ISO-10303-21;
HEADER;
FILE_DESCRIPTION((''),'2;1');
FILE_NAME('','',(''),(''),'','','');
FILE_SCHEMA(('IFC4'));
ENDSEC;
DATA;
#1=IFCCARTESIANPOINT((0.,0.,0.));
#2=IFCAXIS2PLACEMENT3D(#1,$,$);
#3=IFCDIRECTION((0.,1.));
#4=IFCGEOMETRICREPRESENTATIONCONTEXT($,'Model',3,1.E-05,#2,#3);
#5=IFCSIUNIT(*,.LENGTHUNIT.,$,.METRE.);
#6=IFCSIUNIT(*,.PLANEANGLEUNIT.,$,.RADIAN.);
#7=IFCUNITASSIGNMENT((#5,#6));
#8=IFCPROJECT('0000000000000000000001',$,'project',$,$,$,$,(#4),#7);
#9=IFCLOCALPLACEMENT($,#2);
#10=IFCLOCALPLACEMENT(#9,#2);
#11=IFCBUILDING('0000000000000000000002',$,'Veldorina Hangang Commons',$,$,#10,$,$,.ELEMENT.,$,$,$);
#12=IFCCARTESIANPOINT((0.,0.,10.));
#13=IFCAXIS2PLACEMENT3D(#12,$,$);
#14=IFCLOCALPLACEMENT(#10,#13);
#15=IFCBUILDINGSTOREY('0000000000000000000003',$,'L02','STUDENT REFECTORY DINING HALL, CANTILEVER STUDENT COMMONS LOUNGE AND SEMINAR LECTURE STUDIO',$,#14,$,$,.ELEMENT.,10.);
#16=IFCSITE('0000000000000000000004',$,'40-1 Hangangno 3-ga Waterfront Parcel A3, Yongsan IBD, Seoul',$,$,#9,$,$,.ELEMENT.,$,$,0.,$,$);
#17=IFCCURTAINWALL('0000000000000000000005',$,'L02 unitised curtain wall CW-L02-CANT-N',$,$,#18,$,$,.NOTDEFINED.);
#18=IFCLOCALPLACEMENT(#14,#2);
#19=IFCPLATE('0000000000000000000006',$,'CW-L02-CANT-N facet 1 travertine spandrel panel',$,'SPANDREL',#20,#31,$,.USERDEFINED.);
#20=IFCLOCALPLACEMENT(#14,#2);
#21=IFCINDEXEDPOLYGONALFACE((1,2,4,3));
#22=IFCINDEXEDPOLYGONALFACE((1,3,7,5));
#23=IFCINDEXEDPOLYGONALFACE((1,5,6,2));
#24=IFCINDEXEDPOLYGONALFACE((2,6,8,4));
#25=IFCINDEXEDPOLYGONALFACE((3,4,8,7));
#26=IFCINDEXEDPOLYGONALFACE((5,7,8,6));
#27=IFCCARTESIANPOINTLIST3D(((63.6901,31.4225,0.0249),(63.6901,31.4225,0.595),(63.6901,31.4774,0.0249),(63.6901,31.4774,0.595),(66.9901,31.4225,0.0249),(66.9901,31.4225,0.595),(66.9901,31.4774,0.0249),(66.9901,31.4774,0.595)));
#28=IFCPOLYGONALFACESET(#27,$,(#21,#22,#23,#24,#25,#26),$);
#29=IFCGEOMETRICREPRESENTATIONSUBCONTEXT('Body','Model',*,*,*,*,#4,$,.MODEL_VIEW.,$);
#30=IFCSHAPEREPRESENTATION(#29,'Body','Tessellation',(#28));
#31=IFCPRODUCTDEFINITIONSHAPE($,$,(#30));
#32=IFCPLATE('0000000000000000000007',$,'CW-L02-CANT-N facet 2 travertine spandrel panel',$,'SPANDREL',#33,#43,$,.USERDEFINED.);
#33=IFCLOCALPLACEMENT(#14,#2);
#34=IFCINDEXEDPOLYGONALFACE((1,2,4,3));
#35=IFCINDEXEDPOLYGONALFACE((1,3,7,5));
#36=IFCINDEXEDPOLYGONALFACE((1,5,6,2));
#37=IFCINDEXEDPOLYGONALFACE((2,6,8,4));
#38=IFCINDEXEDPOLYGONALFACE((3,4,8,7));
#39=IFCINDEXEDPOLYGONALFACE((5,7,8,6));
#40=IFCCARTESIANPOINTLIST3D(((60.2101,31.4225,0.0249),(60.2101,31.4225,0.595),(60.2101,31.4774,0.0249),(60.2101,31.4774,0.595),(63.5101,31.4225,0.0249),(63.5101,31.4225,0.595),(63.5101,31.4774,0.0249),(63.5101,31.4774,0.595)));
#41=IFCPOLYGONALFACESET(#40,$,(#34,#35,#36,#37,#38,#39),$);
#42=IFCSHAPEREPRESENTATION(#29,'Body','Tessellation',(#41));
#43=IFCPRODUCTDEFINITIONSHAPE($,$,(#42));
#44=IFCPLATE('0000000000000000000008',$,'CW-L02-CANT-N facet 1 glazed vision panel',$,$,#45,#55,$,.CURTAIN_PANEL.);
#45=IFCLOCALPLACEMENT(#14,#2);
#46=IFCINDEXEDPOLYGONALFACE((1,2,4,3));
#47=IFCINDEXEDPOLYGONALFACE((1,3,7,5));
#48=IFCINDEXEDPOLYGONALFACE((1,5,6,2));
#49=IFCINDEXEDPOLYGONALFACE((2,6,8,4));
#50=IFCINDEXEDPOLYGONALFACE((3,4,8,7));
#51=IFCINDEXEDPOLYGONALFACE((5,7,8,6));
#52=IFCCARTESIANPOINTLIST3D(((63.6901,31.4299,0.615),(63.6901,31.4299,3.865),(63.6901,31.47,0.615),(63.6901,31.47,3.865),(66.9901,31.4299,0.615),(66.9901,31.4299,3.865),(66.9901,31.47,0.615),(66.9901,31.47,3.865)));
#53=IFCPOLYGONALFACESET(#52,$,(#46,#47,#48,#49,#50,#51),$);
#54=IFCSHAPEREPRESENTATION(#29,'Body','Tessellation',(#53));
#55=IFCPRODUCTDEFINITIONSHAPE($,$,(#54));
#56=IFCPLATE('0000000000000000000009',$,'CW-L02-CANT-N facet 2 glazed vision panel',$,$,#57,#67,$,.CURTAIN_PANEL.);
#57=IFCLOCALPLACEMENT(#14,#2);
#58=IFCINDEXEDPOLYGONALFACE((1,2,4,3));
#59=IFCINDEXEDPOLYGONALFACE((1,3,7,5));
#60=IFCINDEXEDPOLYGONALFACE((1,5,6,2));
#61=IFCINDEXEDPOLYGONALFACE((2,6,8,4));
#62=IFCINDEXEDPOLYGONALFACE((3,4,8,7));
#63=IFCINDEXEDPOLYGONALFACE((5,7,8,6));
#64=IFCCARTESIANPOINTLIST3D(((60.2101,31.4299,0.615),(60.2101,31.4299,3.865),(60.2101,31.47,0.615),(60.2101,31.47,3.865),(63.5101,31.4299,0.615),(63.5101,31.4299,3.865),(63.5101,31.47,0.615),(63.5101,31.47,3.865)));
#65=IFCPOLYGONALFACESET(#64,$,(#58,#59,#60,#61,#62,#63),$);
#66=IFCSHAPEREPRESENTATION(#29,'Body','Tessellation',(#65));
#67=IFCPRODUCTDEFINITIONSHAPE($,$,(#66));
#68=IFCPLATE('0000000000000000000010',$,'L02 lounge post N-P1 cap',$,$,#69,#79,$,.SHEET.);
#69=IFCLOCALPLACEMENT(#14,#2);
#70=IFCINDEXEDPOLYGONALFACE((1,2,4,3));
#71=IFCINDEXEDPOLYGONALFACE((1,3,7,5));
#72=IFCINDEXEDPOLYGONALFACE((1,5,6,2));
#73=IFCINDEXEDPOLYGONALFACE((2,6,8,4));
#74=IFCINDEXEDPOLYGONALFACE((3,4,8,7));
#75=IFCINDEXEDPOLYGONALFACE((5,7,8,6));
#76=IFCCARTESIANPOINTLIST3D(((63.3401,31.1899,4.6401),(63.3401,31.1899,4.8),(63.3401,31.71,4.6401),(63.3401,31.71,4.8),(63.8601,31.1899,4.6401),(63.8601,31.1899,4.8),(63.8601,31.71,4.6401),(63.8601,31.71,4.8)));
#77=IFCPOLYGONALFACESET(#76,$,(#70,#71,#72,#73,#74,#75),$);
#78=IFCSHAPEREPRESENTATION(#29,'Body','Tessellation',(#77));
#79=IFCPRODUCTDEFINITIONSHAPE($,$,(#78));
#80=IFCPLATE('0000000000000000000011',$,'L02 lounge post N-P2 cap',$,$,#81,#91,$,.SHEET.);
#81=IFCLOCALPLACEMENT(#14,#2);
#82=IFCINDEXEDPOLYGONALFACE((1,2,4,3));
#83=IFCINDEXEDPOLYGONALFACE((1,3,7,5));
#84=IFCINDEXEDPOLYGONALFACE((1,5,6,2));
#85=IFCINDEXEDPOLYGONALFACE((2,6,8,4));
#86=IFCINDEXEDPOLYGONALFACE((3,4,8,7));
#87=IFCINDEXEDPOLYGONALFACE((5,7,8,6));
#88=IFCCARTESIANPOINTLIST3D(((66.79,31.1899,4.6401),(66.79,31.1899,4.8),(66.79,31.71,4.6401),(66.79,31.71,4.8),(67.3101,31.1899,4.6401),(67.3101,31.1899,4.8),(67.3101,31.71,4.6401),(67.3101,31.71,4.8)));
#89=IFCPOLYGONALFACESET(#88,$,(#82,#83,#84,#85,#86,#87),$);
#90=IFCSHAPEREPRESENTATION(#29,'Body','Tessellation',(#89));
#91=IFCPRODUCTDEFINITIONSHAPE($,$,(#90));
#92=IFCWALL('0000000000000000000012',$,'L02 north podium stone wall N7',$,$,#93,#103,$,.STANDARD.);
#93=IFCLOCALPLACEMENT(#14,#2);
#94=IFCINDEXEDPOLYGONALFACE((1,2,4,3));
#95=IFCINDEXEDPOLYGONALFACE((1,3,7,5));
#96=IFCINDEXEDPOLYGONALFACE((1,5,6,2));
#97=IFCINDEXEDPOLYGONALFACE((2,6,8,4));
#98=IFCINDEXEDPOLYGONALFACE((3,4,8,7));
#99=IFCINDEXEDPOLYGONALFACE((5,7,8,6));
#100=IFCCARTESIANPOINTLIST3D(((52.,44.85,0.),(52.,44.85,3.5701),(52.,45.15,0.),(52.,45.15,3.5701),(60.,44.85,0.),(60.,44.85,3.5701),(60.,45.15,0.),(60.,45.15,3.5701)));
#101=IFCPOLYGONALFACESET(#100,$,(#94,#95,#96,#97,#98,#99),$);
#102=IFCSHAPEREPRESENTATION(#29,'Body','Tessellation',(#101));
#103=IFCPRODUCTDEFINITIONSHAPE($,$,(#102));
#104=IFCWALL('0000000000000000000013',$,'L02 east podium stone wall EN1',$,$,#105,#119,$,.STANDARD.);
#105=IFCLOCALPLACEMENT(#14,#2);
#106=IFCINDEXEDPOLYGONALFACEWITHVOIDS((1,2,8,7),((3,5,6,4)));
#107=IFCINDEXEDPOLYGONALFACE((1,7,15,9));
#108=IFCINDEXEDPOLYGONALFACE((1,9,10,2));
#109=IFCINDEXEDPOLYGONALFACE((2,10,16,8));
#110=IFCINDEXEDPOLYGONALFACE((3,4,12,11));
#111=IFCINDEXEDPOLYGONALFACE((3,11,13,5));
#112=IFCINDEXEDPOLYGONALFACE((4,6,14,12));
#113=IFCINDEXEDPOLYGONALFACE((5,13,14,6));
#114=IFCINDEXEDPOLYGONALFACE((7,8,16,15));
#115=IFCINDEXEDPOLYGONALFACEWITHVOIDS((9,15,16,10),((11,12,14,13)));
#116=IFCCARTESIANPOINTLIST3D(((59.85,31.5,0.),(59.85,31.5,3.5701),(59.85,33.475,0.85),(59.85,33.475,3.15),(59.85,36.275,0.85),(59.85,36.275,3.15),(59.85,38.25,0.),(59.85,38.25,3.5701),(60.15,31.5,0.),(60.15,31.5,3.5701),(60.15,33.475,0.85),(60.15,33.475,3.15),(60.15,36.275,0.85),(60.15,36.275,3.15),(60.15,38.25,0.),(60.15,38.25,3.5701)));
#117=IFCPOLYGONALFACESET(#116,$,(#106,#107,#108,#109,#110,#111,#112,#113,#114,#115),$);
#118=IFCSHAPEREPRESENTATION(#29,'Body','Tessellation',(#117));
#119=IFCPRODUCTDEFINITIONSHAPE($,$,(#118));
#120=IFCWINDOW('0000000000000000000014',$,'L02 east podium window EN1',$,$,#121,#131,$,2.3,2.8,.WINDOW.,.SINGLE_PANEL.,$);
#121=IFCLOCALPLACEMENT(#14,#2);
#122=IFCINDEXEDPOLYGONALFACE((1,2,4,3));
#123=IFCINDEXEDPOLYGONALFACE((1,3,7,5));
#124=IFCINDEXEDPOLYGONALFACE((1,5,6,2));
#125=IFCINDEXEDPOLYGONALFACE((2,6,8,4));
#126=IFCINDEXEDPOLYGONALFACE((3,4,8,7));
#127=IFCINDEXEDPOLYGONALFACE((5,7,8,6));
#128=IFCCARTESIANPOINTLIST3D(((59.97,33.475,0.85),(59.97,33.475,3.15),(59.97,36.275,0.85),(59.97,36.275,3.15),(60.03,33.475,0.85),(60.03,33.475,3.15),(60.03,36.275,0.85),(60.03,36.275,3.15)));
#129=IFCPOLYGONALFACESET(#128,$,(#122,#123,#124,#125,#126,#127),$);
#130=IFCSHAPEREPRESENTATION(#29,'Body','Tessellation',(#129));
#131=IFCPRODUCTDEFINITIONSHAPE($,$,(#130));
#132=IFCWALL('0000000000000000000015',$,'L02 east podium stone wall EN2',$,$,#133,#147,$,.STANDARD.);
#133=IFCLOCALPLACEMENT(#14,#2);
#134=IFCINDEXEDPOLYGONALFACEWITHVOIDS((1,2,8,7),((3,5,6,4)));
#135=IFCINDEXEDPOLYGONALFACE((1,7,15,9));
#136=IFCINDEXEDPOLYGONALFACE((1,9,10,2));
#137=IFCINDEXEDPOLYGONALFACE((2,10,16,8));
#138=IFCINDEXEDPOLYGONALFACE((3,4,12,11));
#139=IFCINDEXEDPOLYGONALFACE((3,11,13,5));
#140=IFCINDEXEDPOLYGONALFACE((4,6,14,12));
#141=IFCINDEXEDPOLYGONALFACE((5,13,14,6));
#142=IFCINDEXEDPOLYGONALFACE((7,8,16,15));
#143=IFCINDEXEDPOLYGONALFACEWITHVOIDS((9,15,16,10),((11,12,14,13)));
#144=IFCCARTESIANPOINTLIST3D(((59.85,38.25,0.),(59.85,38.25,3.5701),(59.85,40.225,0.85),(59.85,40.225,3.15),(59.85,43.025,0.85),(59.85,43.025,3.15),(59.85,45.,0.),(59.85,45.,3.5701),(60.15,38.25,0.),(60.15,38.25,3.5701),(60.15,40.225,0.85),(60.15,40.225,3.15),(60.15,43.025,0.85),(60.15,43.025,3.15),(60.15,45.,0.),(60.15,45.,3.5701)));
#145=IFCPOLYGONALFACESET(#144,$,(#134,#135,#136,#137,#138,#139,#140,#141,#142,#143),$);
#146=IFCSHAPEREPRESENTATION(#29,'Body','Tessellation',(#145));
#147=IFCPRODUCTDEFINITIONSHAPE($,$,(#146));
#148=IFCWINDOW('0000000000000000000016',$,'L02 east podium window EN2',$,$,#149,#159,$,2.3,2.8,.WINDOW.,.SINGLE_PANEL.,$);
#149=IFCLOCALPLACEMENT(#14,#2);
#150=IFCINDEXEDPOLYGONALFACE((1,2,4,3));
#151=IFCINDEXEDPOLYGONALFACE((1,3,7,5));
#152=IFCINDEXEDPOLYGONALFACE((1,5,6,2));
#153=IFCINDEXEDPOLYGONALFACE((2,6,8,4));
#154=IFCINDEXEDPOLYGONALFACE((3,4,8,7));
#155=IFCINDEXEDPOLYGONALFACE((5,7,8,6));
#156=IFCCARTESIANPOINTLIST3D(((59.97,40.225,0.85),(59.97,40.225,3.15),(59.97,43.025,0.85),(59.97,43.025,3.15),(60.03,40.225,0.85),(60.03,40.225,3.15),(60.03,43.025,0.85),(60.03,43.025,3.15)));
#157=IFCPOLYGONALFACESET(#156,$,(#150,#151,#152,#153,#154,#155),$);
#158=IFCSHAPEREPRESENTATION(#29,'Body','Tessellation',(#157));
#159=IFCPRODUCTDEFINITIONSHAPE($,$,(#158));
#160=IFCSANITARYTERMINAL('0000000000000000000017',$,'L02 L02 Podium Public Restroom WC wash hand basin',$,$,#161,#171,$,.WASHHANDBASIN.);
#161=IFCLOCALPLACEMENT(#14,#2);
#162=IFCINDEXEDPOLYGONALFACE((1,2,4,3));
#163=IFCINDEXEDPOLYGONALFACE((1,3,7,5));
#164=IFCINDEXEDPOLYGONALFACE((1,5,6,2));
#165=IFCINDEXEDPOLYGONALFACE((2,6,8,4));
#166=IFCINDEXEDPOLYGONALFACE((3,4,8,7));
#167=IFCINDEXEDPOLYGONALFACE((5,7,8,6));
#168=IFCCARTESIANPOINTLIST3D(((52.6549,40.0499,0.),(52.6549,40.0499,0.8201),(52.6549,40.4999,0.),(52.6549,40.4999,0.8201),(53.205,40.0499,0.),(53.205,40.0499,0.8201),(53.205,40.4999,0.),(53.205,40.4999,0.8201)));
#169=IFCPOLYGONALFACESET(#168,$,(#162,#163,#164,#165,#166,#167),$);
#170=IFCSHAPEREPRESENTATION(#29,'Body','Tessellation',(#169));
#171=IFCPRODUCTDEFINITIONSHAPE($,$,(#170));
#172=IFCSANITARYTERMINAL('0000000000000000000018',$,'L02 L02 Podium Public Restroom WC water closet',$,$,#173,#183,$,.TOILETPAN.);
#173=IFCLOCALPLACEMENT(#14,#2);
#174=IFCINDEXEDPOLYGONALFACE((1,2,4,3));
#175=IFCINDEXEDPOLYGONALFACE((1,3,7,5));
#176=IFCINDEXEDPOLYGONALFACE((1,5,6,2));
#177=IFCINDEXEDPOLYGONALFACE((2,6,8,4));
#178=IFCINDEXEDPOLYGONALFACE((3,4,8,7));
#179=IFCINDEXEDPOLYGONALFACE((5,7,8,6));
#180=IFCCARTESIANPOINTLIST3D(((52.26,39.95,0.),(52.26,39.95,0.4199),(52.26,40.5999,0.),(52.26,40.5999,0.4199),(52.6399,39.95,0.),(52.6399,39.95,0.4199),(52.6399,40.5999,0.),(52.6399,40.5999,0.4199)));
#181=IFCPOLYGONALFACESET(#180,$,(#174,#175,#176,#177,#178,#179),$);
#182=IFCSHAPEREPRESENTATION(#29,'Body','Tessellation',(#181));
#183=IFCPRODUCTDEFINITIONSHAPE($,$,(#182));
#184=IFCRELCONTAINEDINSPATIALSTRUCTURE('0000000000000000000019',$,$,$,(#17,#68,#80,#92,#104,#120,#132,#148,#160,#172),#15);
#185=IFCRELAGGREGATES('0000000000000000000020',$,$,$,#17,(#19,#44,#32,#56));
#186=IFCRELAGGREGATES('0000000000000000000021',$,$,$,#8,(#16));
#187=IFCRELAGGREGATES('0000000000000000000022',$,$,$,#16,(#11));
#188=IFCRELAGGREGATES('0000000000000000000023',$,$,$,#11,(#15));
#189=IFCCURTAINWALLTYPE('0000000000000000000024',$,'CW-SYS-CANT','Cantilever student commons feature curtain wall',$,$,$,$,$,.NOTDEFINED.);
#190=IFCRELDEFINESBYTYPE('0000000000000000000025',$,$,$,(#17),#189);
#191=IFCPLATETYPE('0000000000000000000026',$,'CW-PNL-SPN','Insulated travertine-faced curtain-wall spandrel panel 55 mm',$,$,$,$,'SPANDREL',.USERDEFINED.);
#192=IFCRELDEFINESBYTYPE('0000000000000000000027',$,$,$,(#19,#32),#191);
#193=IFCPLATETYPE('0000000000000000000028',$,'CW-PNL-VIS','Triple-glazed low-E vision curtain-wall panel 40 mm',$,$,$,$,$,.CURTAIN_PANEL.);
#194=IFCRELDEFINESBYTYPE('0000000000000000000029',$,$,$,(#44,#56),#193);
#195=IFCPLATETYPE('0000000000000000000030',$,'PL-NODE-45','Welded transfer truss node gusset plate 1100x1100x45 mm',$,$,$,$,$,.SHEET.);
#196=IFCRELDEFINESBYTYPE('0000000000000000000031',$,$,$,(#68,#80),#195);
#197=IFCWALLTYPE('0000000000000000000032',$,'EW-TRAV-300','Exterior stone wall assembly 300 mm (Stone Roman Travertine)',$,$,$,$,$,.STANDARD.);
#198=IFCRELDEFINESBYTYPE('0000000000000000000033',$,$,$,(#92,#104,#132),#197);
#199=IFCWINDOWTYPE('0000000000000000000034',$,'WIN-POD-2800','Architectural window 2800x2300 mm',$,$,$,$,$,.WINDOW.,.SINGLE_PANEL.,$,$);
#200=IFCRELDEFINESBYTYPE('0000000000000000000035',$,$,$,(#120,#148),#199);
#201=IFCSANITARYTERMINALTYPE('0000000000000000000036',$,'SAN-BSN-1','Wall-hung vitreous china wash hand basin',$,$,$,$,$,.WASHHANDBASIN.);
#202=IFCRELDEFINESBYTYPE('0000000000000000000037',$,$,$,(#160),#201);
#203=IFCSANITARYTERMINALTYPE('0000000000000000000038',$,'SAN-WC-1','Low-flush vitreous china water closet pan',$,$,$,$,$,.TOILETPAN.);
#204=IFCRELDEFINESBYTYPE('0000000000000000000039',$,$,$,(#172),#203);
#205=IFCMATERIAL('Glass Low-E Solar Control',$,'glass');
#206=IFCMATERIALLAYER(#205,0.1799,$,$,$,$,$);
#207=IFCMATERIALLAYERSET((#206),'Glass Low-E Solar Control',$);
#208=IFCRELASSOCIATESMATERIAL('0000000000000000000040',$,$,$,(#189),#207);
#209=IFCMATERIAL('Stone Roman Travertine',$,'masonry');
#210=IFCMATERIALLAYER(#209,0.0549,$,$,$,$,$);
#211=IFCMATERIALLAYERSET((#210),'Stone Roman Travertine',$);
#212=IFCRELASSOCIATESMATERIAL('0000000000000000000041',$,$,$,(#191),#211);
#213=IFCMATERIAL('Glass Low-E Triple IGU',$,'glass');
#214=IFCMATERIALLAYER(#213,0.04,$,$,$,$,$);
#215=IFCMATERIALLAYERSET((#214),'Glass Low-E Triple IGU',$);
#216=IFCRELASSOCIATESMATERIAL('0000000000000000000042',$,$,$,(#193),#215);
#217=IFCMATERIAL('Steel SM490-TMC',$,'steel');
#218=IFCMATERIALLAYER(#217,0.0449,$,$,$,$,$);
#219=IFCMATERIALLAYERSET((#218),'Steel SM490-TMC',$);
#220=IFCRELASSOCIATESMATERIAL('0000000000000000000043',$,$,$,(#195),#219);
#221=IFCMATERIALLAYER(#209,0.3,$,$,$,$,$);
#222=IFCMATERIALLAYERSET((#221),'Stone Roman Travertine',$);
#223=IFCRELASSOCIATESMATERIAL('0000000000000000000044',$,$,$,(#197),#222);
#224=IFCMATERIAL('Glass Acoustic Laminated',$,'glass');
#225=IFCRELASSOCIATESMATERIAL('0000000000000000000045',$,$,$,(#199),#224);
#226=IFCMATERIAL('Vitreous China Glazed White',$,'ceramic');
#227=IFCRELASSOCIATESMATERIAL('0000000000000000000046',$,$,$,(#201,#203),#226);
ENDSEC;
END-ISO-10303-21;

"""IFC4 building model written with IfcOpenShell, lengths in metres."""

from ifc_helpers import new_model, si_unit, direction, frame, frame_2d, origin, origin_2d, place, context, subcontext, project, spatial, rectangle, extrude, material, layer, layer_set, type_object, element, fill, aggregate, save


model = new_model("IFC4")

# Units and contexts
model_context = context("Model", 3, precision=1e-05, world=origin(), true_north=direction((0.0, 1.0)))
body_context = subcontext(model_context, "Body", "Model", "MODEL_VIEW")
ifc_project = project(units=[si_unit("LENGTHUNIT", "METRE"), si_unit("PLANEANGLEUNIT", "RADIAN")], contexts=[model_context])

# Site, building, storey
site_placement = place(None, origin())
site = spatial("IfcSite", under=ifc_project, at=site_placement, Name="40-1 Hangangno 3-ga Waterfront Parcel A3, Yongsan IBD, Seoul", CompositionType="ELEMENT", RefElevation=0.0)
building_placement = place(site_placement, origin())
building = spatial("IfcBuilding", under=site, at=building_placement, Name="Veldorina Hangang Commons", CompositionType="ELEMENT")
storey_placement = place(building_placement, frame((0.0, 0.0, 10.0)))
storey = spatial("IfcBuildingStorey", under=building, at=storey_placement, Name="L02", Description="STUDENT REFECTORY DINING HALL, CANTILEVER STUDENT COMMONS LOUNGE AND SEMINAR LECTURE STUDIO", CompositionType="ELEMENT", Elevation=10.0)

# Curtain wall, plates
ifc_material_1 = material(Name="Glass Low-E Solar Control", Category="glass")
ifc_layer_1 = layer(ifc_material_1, 0.1799)
ifc_layer_set_1 = layer_set([ifc_layer_1], Name="Glass Low-E Solar Control")
curtain_wall_type = type_object("IfcCurtainWallType", Name="CW-SYS-CANT", Description="Cantilever student commons feature curtain wall", PredefinedType="NOTDEFINED", material=ifc_layer_set_1)
curtain_wall_placement = place(storey_placement, origin())
curtain_wall = element("IfcCurtainWall", 1, at=curtain_wall_placement, inside=storey, type_object=curtain_wall_type, Name="L02 unitised curtain wall CW-L02-CANT-N", PredefinedType="NOTDEFINED")
ifc_material_2 = material(Name="Stone Roman Travertine", Category="masonry")
ifc_layer_2 = layer(ifc_material_2, 0.0549)
ifc_layer_set_2 = layer_set([ifc_layer_2], Name="Stone Roman Travertine")
plate_type_1 = type_object("IfcPlateType", Name="CW-PNL-SPN", Description="Insulated travertine-faced curtain-wall spandrel panel 55 mm", ElementType="SPANDREL", PredefinedType="USERDEFINED", material=ifc_layer_set_2)
plate_1_placement = place(storey_placement, frame((65.3401, 31.45, 0.0249), z_axis=(0.0, 0.0, 1.0), x_axis=(-1.0, 0.0, 0.0)))
plate_1 = element("IfcPlate", 2, at=plate_1_placement, type_object=plate_type_1, Name="CW-L02-CANT-N facet 1 travertine spandrel panel", ObjectType="SPANDREL", PredefinedType="USERDEFINED", context=body_context, shape_type="SweptSolid", body=[
    extrude(rectangle(XDim=3.3, YDim=0.0549, at=origin_2d()), origin(), (0.0, 0.0, 1.0), 0.5701),
])
plate_2_placement = place(storey_placement, frame((61.8601, 31.45, 0.0249), z_axis=(0.0, 0.0, 1.0), x_axis=(-1.0, 0.0, 0.0)))
plate_2 = element("IfcPlate", 3, at=plate_2_placement, type_object=plate_type_1, Name="CW-L02-CANT-N facet 2 travertine spandrel panel", ObjectType="SPANDREL", PredefinedType="USERDEFINED", context=body_context, shape_type="SweptSolid", body=[
    extrude(rectangle(XDim=3.3, YDim=0.0549, at=origin_2d()), origin(), (0.0, 0.0, 1.0), 0.5701),
])
ifc_material_3 = material(Name="Glass Low-E Triple IGU", Category="glass")
ifc_layer_3 = layer(ifc_material_3, 0.04)
ifc_layer_set_3 = layer_set([ifc_layer_3], Name="Glass Low-E Triple IGU")
plate_type_2 = type_object("IfcPlateType", Name="CW-PNL-VIS", Description="Triple-glazed low-E vision curtain-wall panel 40 mm", PredefinedType="CURTAIN_PANEL", material=ifc_layer_set_3)
plate_3_placement = place(storey_placement, frame((65.3401, 31.45, 0.615), z_axis=(0.0, 0.0, 1.0), x_axis=(-1.0, 0.0, 0.0)))
plate_3 = element("IfcPlate", 4, at=plate_3_placement, type_object=plate_type_2, Name="CW-L02-CANT-N facet 1 glazed vision panel", PredefinedType="CURTAIN_PANEL", context=body_context, shape_type="SweptSolid", body=[
    extrude(rectangle(XDim=3.3, YDim=0.04, at=origin_2d()), origin(), (0.0, 0.0, 1.0), 3.25),
])
plate_4_placement = place(storey_placement, frame((61.8601, 31.45, 0.615), z_axis=(0.0, 0.0, 1.0), x_axis=(-1.0, 0.0, 0.0)))
plate_4 = element("IfcPlate", 5, at=plate_4_placement, type_object=plate_type_2, Name="CW-L02-CANT-N facet 2 glazed vision panel", PredefinedType="CURTAIN_PANEL", context=body_context, shape_type="SweptSolid", body=[
    extrude(rectangle(XDim=3.3, YDim=0.04, at=origin_2d()), origin(), (0.0, 0.0, 1.0), 3.25),
])
aggregate(curtain_wall, [plate_1, plate_3, plate_2, plate_4])

# Plates
ifc_material_4 = material(Name="Steel SM490-TMC", Category="steel")
ifc_layer_4 = layer(ifc_material_4, 0.0449)
ifc_layer_set_4 = layer_set([ifc_layer_4], Name="Steel SM490-TMC")
plate_type_3 = type_object("IfcPlateType", Name="PL-NODE-45", Description="Welded transfer truss node gusset plate 1100x1100x45 mm", PredefinedType="SHEET", material=ifc_layer_set_4)
for number, where, z_axis, x_axis, name in (
    (6, (63.6001, 31.45, 4.6401), (0.0, 0.0, 1.0), (1.0, 0.0, 0.0), "L02 lounge post N-P1 cap"),
    (7, (67.05, 31.45, 4.6401), (0.0, 0.0, 1.0), (1.0, 0.0, 0.0), "L02 lounge post N-P2 cap"),
):
    element("IfcPlate", number, at=place(storey_placement, frame(where, z_axis=z_axis, x_axis=x_axis)), inside=storey, type_object=plate_type_3, Name=name, PredefinedType="SHEET", context=body_context, shape_type="SweptSolid", body=[
        extrude(rectangle(XDim=0.52, YDim=0.52, at=origin_2d()), origin(), (0.0, 0.0, 1.0), 0.1599),
    ])

# Wall
ifc_layer_5 = layer(ifc_material_2, 0.3)
ifc_layer_set_5 = layer_set([ifc_layer_5], Name="Stone Roman Travertine")
wall_type = type_object("IfcWallType", Name="EW-TRAV-300", Description="Exterior stone wall assembly 300 mm (Stone Roman Travertine)", PredefinedType="STANDARD", material=ifc_layer_set_5)
wall_1_placement = place(storey_placement, frame((60.0, 45.0, 0.0), z_axis=(0.0, 0.0, 1.0), x_axis=(-1.0, 0.0, 0.0)))
element("IfcWall", 8, at=wall_1_placement, inside=storey, type_object=wall_type, Name="L02 north podium stone wall N7", PredefinedType="STANDARD", context=body_context, shape_type="SweptSolid", body=[
    extrude(rectangle(XDim=8.0, YDim=0.3, at=frame_2d((4.0, 0.0))), origin(), (0.0, 0.0, 1.0), 3.5701),
])

# Walls, openings, windows
wall_2_placement = place(storey_placement, frame((60.0, 31.5, 0.0), z_axis=(0.0, 0.0, 1.0), x_axis=(0.0, 1.0, 0.0)))
wall_2 = element("IfcWall", 9, at=wall_2_placement, inside=storey, type_object=wall_type, Name="L02 east podium stone wall EN1", PredefinedType="STANDARD", context=body_context, shape_type="SweptSolid", body=[
    extrude(rectangle(XDim=6.75, YDim=0.3, at=frame_2d((3.375, 0.0))), origin(), (0.0, 0.0, 1.0), 3.5701),
])
opening_1_placement = place(wall_2_placement, frame((1.9751, 0.0, 0.8501)))
opening_1 = element("IfcOpeningElement", 10, at=opening_1_placement, cuts=wall_2, PredefinedType="OPENING", context=body_context, shape_type="SweptSolid", body=[
    extrude(rectangle(XDim=2.8, YDim=2.3, at=frame_2d((1.3999, 1.1499))), frame((0.0, 0.1602, 0.0), z_axis=(0.0, -1.0, 0.0), x_axis=(1.0, 0.0, 0.0)), (0.0, 0.0, 1.0), 0.3201),
])
ifc_material_5 = material(Name="Glass Acoustic Laminated", Category="glass")
window_type = type_object("IfcWindowType", Name="WIN-POD-2800", Description="Architectural window 2800x2300 mm", PartitioningType="SINGLE_PANEL", PredefinedType="WINDOW", material=ifc_material_5)
window_1_placement = place(opening_1_placement, origin())
window_1 = element("IfcWindow", 11, at=window_1_placement, inside=storey, type_object=window_type, Name="L02 east podium window EN1", OverallHeight=2.3, OverallWidth=2.8, PartitioningType="SINGLE_PANEL", PredefinedType="WINDOW", context=body_context, shape_type="SweptSolid", body=[
    extrude(rectangle(XDim=2.8, YDim=2.3, at=frame_2d((1.3999, 1.1499))), frame((0.0, 0.03, 0.0), z_axis=(0.0, -1.0, 0.0), x_axis=(1.0, 0.0, 0.0)), (0.0, 0.0, 1.0), 0.0601),
])
fill(opening_1, window_1)
wall_3_placement = place(storey_placement, frame((60.0, 38.25, 0.0), z_axis=(0.0, 0.0, 1.0), x_axis=(0.0, 1.0, 0.0)))
wall_3 = element("IfcWall", 12, at=wall_3_placement, inside=storey, type_object=wall_type, Name="L02 east podium stone wall EN2", PredefinedType="STANDARD", context=body_context, shape_type="SweptSolid", body=[
    extrude(rectangle(XDim=6.75, YDim=0.3, at=frame_2d((3.375, 0.0))), origin(), (0.0, 0.0, 1.0), 3.5701),
])
opening_2_placement = place(wall_3_placement, frame((1.9751, 0.0, 0.8501)))
opening_2 = element("IfcOpeningElement", 13, at=opening_2_placement, cuts=wall_3, PredefinedType="OPENING", context=body_context, shape_type="SweptSolid", body=[
    extrude(rectangle(XDim=2.8, YDim=2.3, at=frame_2d((1.3999, 1.1499))), frame((0.0, 0.1602, 0.0), z_axis=(0.0, -1.0, 0.0), x_axis=(1.0, 0.0, 0.0)), (0.0, 0.0, 1.0), 0.3201),
])
window_2_placement = place(opening_2_placement, origin())
window_2 = element("IfcWindow", 14, at=window_2_placement, inside=storey, type_object=window_type, Name="L02 east podium window EN2", OverallHeight=2.3, OverallWidth=2.8, PartitioningType="SINGLE_PANEL", PredefinedType="WINDOW", context=body_context, shape_type="SweptSolid", body=[
    extrude(rectangle(XDim=2.8, YDim=2.3, at=frame_2d((1.3999, 1.1499))), frame((0.0, 0.03, 0.0), z_axis=(0.0, -1.0, 0.0), x_axis=(1.0, 0.0, 0.0)), (0.0, 0.0, 1.0), 0.0601),
])
fill(opening_2, window_2)

# Sanitary terminals
ifc_material_6 = material(Name="Vitreous China Glazed White", Category="ceramic")
sanitary_terminal_type_1 = type_object("IfcSanitaryTerminalType", Name="SAN-BSN-1", Description="Wall-hung vitreous china wash hand basin", PredefinedType="WASHHANDBASIN", material=ifc_material_6)
sanitary_terminal_1_placement = place(storey_placement, frame((52.9299, 40.2749, 0.0), z_axis=(0.0, 0.0, 1.0), x_axis=(1.0, 0.0, 0.0)))
element("IfcSanitaryTerminal", 15, at=sanitary_terminal_1_placement, inside=storey, type_object=sanitary_terminal_type_1, Name="L02 L02 Podium Public Restroom WC wash hand basin", PredefinedType="WASHHANDBASIN", context=body_context, shape_type="SweptSolid", body=[
    extrude(rectangle(XDim=0.55, YDim=0.45, at=origin_2d()), origin(), (0.0, 0.0, 1.0), 0.8201),
])
sanitary_terminal_type_2 = type_object("IfcSanitaryTerminalType", Name="SAN-WC-1", Description="Low-flush vitreous china water closet pan", PredefinedType="TOILETPAN", material=ifc_material_6)
sanitary_terminal_2_placement = place(storey_placement, frame((52.45, 40.2749, 0.0), z_axis=(0.0, 0.0, 1.0), x_axis=(1.0, 0.0, 0.0)))
element("IfcSanitaryTerminal", 16, at=sanitary_terminal_2_placement, inside=storey, type_object=sanitary_terminal_type_2, Name="L02 L02 Podium Public Restroom WC water closet", PredefinedType="TOILETPAN", context=body_context, shape_type="SweptSolid", body=[
    extrude(rectangle(XDim=0.3799, YDim=0.6499, at=origin_2d()), origin(), (0.0, 0.0, 1.0), 0.4199),
])

save(model, "model.ifc")
